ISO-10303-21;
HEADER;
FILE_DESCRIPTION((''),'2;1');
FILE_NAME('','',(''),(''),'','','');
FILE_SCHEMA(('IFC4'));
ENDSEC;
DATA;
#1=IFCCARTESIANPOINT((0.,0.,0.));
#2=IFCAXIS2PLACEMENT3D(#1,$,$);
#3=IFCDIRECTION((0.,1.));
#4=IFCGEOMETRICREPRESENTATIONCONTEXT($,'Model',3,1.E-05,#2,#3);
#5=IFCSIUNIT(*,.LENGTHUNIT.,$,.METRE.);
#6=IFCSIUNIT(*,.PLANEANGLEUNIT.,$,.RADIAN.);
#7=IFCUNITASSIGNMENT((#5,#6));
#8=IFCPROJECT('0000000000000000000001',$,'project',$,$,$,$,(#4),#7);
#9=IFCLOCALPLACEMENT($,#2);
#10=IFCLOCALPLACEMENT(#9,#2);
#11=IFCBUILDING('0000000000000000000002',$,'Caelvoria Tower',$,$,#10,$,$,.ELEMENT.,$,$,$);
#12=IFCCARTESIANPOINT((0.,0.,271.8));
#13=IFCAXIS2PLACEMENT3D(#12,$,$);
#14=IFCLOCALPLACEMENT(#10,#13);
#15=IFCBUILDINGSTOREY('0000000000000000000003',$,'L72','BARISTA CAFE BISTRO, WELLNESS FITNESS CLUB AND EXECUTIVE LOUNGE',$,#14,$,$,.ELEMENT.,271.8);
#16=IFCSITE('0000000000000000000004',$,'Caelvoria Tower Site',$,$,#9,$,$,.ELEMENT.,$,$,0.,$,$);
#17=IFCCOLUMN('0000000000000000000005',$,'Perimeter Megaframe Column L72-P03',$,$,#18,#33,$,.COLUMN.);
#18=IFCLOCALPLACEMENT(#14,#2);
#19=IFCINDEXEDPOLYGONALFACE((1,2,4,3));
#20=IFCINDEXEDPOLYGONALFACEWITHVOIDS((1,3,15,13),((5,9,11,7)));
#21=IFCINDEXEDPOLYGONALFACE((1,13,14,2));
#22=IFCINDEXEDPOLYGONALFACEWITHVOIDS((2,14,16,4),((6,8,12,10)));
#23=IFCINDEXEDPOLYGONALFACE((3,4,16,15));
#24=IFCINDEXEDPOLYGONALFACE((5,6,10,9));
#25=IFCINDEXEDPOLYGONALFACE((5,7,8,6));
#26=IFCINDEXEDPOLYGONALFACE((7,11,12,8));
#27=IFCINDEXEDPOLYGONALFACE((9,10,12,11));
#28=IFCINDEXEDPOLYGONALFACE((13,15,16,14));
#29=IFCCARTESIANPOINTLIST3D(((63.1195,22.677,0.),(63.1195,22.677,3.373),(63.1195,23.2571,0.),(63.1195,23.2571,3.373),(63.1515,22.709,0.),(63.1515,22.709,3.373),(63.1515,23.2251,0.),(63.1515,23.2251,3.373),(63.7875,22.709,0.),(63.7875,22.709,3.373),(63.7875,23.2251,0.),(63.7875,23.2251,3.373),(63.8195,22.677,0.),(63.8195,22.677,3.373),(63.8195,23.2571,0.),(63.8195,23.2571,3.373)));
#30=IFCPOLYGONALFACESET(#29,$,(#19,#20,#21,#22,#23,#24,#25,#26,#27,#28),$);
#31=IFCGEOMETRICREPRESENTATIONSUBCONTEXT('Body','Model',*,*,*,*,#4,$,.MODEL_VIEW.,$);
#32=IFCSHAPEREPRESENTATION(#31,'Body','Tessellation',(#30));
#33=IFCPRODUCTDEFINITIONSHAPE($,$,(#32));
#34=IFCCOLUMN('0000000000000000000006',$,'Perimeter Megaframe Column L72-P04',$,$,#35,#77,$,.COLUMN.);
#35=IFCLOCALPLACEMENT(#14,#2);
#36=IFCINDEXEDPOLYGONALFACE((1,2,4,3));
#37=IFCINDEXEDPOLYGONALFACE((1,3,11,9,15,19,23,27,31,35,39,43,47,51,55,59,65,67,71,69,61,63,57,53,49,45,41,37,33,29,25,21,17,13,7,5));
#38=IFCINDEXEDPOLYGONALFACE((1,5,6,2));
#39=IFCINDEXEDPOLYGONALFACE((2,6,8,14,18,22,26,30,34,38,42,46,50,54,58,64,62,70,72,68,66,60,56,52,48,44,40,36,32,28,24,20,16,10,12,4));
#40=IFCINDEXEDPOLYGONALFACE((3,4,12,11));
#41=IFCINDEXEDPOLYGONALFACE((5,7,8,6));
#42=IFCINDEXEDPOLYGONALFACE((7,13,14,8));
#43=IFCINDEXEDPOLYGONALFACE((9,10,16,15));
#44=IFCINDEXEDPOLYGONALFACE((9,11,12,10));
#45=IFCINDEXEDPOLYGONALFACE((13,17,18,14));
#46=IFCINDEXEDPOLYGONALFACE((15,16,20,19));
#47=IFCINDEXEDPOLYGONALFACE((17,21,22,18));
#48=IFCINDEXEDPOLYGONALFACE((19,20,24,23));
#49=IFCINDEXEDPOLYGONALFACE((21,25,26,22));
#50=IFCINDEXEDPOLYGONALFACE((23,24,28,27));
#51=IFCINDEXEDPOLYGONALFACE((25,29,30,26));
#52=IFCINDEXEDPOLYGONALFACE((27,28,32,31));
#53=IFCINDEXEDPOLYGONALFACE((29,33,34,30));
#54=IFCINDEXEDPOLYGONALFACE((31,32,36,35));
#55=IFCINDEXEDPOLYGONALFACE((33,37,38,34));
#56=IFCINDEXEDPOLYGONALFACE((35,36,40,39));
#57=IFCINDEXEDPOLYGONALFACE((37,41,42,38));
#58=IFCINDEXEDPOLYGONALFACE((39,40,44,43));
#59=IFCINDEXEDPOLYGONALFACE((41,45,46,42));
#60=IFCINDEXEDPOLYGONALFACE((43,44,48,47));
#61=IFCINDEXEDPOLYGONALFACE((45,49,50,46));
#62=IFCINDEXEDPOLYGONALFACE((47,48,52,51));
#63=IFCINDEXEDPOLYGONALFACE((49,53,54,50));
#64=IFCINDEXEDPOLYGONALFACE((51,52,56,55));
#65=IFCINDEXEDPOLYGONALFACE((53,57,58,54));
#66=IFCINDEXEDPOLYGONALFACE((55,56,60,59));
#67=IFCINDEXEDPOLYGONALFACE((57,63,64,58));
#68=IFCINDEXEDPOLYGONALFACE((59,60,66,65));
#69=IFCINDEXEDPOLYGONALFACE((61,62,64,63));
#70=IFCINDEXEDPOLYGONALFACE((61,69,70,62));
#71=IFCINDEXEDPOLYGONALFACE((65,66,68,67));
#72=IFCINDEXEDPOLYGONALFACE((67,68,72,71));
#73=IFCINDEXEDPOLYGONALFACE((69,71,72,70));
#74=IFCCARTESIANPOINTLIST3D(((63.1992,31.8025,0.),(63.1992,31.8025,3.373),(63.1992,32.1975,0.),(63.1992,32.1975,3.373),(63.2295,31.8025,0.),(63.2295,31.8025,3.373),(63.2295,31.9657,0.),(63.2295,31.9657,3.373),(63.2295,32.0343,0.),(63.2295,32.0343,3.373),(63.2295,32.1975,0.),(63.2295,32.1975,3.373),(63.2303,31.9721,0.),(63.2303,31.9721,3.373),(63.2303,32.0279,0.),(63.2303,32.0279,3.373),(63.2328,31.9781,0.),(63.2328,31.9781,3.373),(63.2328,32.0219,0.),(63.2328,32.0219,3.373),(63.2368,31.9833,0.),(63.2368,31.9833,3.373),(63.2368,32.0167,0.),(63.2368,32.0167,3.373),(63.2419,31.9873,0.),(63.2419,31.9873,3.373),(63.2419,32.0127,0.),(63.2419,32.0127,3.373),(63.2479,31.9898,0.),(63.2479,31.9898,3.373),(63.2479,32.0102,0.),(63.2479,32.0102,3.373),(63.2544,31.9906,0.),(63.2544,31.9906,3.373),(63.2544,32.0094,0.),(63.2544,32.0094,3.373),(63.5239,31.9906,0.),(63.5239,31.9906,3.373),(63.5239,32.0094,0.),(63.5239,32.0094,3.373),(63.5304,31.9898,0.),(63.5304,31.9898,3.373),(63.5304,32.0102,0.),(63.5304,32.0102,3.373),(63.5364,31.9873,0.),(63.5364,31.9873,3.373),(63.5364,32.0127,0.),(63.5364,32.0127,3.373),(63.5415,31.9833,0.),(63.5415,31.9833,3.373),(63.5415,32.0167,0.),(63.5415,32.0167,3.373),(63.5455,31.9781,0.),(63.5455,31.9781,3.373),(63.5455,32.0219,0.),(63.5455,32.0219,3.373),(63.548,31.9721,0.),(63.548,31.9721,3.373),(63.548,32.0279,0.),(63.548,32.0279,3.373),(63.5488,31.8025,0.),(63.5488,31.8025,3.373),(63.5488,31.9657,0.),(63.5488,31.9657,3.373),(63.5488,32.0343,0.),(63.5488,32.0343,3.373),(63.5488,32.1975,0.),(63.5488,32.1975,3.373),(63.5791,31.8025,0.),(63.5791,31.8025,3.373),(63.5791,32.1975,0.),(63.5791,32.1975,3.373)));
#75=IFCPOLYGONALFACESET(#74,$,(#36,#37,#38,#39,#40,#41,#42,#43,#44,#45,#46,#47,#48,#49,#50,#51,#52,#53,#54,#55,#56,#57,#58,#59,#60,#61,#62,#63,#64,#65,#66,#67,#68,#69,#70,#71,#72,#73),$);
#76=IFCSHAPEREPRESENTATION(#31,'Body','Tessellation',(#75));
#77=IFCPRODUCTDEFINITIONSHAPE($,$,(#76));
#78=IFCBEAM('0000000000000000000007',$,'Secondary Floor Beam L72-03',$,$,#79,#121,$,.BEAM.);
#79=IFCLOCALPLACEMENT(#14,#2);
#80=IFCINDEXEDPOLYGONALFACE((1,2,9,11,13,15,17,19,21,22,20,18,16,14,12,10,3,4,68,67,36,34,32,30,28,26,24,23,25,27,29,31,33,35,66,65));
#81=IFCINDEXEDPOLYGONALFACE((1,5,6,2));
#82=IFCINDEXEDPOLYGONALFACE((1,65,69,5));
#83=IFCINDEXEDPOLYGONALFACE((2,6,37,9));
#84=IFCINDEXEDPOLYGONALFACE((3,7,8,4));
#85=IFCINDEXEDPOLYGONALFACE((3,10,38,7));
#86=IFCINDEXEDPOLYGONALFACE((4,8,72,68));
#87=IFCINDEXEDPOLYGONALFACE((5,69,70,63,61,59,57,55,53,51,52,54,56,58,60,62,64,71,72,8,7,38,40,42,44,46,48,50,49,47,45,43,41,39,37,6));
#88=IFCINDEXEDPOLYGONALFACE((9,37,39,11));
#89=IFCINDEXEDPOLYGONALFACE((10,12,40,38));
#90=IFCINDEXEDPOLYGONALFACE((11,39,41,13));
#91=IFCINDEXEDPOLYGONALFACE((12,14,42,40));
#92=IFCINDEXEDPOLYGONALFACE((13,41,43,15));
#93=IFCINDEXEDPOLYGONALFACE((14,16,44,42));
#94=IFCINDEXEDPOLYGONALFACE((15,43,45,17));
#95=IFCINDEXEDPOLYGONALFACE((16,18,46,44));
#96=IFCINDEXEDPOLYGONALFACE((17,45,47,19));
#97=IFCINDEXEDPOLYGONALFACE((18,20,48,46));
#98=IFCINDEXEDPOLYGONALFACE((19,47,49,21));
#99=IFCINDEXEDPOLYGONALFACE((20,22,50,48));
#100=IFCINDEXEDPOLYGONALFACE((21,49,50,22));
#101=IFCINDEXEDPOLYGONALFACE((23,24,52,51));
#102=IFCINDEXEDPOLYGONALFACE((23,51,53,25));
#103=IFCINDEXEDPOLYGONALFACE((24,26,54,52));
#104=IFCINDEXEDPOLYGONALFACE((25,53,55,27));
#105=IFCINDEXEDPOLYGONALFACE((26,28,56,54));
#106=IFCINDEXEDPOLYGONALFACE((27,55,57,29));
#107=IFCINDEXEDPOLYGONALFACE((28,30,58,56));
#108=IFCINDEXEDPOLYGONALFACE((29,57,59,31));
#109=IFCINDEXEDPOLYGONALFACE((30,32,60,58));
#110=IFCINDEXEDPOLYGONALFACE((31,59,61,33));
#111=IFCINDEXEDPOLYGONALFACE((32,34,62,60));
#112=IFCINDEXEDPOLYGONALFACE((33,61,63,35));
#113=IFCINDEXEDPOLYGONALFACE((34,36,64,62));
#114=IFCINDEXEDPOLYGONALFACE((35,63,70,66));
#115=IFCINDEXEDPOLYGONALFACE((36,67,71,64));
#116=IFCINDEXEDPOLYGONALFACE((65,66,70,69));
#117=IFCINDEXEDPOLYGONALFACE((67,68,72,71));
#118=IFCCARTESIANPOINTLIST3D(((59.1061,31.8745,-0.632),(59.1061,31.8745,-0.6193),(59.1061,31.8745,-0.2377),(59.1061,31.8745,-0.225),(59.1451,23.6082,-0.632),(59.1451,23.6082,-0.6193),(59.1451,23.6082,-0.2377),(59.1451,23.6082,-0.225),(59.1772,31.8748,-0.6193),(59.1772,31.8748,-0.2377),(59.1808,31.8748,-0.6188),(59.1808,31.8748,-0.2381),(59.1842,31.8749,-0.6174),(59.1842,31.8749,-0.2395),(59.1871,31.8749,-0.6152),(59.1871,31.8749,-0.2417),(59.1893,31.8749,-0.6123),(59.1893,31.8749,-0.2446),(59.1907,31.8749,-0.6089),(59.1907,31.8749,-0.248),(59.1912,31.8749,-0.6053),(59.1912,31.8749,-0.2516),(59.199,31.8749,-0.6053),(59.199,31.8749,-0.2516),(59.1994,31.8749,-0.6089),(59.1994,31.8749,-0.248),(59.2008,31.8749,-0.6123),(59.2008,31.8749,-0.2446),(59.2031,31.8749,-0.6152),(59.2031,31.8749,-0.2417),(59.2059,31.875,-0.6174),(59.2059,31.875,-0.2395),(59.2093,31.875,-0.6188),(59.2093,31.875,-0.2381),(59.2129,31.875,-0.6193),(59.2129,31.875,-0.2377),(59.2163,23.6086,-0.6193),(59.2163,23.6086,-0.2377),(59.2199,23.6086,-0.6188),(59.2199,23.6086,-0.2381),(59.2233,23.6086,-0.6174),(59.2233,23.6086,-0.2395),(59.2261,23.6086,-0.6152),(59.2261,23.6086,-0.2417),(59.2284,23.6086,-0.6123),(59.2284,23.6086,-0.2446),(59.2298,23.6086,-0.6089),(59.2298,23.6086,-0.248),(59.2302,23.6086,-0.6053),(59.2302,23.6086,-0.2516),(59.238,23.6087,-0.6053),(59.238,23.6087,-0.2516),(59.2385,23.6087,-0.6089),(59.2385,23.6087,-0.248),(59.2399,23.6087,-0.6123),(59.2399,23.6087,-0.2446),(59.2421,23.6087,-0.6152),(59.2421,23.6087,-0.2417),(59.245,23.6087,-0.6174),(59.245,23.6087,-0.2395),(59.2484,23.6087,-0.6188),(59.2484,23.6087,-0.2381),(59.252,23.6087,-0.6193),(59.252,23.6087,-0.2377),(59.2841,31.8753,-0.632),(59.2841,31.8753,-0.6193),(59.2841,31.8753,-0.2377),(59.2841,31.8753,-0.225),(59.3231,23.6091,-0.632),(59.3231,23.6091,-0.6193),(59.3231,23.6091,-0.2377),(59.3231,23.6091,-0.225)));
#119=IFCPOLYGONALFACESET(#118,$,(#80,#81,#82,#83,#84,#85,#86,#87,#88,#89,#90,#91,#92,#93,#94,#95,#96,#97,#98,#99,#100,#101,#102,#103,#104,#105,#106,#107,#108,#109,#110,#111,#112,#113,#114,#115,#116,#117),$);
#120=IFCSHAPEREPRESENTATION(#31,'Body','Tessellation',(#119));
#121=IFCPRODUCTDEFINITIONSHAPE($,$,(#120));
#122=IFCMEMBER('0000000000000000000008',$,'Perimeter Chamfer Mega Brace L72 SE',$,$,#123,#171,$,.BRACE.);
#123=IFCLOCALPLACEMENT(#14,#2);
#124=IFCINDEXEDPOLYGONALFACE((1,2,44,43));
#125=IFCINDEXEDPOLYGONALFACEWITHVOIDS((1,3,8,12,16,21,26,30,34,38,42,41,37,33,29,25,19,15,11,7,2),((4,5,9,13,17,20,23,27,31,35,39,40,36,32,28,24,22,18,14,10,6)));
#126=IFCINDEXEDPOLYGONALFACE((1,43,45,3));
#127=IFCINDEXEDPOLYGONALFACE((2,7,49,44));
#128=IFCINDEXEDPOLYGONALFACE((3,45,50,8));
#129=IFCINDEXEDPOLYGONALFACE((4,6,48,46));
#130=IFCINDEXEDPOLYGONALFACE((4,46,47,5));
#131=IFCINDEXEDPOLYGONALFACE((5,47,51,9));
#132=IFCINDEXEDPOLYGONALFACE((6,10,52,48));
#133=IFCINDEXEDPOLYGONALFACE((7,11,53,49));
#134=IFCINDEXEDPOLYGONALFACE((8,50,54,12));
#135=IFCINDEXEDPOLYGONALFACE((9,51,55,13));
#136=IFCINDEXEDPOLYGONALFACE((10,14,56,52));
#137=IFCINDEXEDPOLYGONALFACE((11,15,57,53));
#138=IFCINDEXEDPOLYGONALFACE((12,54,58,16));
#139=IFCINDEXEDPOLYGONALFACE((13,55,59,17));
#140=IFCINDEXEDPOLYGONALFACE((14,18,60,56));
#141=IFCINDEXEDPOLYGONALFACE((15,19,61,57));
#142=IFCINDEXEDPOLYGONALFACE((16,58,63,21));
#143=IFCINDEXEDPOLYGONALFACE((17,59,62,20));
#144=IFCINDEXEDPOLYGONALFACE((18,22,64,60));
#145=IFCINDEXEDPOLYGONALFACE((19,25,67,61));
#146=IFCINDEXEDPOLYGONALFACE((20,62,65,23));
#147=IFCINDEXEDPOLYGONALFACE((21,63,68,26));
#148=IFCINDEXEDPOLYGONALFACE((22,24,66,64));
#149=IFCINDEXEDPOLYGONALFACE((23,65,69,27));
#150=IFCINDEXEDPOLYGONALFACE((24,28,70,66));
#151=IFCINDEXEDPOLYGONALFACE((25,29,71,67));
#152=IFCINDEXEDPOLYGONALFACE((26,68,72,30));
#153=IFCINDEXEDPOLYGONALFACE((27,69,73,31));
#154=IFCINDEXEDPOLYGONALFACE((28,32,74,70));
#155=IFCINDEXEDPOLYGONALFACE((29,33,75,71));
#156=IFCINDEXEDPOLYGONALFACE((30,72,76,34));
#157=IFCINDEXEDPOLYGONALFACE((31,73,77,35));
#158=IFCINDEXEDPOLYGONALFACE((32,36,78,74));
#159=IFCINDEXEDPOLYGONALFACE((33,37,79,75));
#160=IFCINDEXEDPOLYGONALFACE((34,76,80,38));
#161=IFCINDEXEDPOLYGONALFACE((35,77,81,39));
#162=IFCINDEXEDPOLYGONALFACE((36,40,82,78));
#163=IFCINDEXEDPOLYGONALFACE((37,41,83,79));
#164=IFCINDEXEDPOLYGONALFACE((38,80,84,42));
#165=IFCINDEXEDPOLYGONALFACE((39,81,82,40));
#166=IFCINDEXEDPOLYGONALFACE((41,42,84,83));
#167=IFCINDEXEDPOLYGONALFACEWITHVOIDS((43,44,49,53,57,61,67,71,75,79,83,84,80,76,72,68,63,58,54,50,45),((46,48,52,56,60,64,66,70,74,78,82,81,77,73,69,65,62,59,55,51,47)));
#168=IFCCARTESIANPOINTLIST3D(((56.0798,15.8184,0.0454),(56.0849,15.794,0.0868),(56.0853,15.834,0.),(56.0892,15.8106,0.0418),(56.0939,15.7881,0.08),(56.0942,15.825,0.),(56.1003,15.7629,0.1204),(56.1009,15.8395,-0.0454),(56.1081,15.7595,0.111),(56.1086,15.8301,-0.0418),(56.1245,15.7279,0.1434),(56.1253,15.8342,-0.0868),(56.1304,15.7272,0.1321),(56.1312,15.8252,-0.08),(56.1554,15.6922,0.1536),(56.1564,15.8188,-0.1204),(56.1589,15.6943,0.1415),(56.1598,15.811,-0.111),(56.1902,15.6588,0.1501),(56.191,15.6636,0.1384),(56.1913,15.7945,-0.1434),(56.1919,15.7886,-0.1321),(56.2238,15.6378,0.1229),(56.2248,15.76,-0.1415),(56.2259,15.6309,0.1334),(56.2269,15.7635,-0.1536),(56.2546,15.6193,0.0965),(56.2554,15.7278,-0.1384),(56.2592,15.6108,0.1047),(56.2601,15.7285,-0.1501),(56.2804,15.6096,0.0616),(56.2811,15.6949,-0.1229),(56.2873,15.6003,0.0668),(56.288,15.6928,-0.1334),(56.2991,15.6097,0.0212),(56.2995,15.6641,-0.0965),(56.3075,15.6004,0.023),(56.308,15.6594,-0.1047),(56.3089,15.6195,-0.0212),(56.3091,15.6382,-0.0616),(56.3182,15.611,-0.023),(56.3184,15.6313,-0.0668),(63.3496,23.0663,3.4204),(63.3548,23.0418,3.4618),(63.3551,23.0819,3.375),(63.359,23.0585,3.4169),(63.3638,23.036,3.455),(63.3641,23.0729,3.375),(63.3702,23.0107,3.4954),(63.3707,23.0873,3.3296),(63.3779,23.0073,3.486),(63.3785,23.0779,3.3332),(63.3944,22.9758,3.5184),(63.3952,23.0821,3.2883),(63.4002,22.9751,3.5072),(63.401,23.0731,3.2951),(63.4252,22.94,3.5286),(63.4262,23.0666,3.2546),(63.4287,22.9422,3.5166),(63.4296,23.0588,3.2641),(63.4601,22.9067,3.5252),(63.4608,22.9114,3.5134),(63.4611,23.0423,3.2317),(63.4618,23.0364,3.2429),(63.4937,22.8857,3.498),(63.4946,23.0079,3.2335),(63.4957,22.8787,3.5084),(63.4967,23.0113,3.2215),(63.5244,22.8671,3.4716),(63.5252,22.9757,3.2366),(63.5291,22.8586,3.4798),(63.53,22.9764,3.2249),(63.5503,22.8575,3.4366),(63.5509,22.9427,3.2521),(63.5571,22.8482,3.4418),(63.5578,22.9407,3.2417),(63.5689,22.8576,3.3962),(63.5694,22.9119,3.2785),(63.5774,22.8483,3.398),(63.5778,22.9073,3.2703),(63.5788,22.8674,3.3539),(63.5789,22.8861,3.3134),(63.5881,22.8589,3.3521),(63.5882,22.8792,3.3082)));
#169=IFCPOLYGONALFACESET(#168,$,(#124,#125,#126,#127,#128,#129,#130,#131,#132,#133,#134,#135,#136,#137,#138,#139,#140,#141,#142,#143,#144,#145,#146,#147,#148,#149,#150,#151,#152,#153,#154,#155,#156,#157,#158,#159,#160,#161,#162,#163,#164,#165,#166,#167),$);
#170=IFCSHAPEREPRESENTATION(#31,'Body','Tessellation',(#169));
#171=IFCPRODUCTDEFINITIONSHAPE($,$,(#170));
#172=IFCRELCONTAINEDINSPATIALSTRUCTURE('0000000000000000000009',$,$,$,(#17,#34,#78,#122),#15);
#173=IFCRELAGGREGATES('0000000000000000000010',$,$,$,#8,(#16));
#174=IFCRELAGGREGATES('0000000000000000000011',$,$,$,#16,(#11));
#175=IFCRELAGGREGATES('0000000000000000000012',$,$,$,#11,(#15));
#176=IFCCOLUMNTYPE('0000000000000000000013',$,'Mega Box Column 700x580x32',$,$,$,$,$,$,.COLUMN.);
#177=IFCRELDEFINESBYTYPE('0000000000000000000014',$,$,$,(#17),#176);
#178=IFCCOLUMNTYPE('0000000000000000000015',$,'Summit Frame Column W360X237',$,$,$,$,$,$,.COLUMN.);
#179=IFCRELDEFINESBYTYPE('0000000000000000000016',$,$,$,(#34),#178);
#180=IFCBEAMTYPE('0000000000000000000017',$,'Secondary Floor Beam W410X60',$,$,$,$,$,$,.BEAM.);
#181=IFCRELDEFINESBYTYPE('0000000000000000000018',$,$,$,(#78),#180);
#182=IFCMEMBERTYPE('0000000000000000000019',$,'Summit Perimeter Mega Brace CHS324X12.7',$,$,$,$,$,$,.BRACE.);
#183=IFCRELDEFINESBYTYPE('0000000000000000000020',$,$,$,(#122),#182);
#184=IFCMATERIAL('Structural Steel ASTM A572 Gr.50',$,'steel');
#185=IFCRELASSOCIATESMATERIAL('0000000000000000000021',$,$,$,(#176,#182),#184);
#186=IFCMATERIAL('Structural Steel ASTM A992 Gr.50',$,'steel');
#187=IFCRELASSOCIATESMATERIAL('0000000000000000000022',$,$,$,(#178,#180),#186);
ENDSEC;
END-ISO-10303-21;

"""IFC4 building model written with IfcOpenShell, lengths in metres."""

from ifc_helpers import new_model, si_unit, direction, frame, origin, origin_2d, place, context, subcontext, project, spatial, hollow_rectangle, hollow_circle, i_section, extrude, material, material_profile, profile_set, type_object, element, save


model = new_model("IFC4")

# Units and contexts
model_context = context("Model", 3, precision=1e-05, world=origin(), true_north=direction((0.0, 1.0)))
body_context = subcontext(model_context, "Body", "Model", "MODEL_VIEW")
ifc_project = project(units=[si_unit("LENGTHUNIT", "METRE"), si_unit("PLANEANGLEUNIT", "RADIAN")], contexts=[model_context])

# Site, building, storey
site_placement = place(None, origin())
site = spatial("IfcSite", under=ifc_project, at=site_placement, Name="Caelvoria Tower Site", CompositionType="ELEMENT", RefElevation=0.0)
building_placement = place(site_placement, origin())
building = spatial("IfcBuilding", under=site, at=building_placement, Name="Caelvoria Tower", CompositionType="ELEMENT")
storey_placement = place(building_placement, frame((0.0, 0.0, 271.8)))
storey = spatial("IfcBuildingStorey", under=building, at=storey_placement, Name="L72", Description="BARISTA CAFE BISTRO, WELLNESS FITNESS CLUB AND EXECUTIVE LOUNGE", CompositionType="ELEMENT", Elevation=271.8)

# Columns
ifc_material_1 = material(Name="Structural Steel ASTM A572 Gr.50", Category="steel")
ifc_material_profile_1 = material_profile(ifc_material_1, hollow_rectangle(XDim=0.5801, YDim=0.7, WallThickness=0.032, at=origin_2d()), Name="Structural Steel ASTM A572 Gr.50")
ifc_profile_set_1 = profile_set([ifc_material_profile_1], Name="BOX700X580X32 - Structural Steel ASTM A572 Gr.50")
column_type_1 = type_object("IfcColumnType", Name="Mega Box Column 700x580x32", PredefinedType="COLUMN", material=ifc_profile_set_1)
column_1_placement = place(storey_placement, frame((63.4695, 22.967, 0.0), z_axis=(0.0, 0.0, 1.0), x_axis=(0.0, 1.0, 0.0)))
element("IfcColumn", 1, at=column_1_placement, inside=storey, type_object=column_type_1, Name="Perimeter Megaframe Column L72-P03", PredefinedType="COLUMN", context=body_context, shape_type="SweptSolid", body=[
    extrude(hollow_rectangle(XDim=0.5801, YDim=0.7, WallThickness=0.032, at=origin_2d()), origin(), (0.0, 0.0, 1.0), 3.373),
])
ifc_material_2 = material(Name="Structural Steel ASTM A992 Gr.50", Category="steel")
ifc_material_profile_2 = material_profile(ifc_material_2, i_section(OverallWidth=0.395, OverallDepth=0.3799, WebThickness=0.0188, FlangeThickness=0.0303, FilletRadius=0.0249, at=origin_2d()), Name="Structural Steel ASTM A992 Gr.50")
ifc_profile_set_2 = profile_set([ifc_material_profile_2], Name="W360X237 - Structural Steel ASTM A992 Gr.50")
column_type_2 = type_object("IfcColumnType", Name="Summit Frame Column W360X237", PredefinedType="COLUMN", material=ifc_profile_set_2)
column_2_placement = place(storey_placement, frame((63.3892, 32.0, 0.0), z_axis=(0.0, 0.0, 1.0), x_axis=(0.0, 1.0, 0.0)))
element("IfcColumn", 2, at=column_2_placement, inside=storey, type_object=column_type_2, Name="Perimeter Megaframe Column L72-P04", PredefinedType="COLUMN", context=body_context, shape_type="SweptSolid", body=[
    extrude(i_section(OverallWidth=0.395, OverallDepth=0.3799, WebThickness=0.0188, FlangeThickness=0.0303, FilletRadius=0.0249, at=origin_2d()), origin(), (0.0, 0.0, 1.0), 3.373),
])

# Beam
ifc_material_profile_3 = material_profile(ifc_material_2, i_section(OverallWidth=0.178, OverallDepth=0.407, WebThickness=0.0078, FlangeThickness=0.0127, FilletRadius=0.0139, at=origin_2d()), Name="Structural Steel ASTM A992 Gr.50")
ifc_profile_set_3 = profile_set([ifc_material_profile_3], Name="W410X60 - Structural Steel ASTM A992 Gr.50")
beam_type_1 = type_object("IfcBeamType", Name="Secondary Floor Beam W410X60", PredefinedType="BEAM", material=ifc_profile_set_3)
beam_1_placement = place(storey_placement, frame((59.2341, 23.6086, -0.4285), z_axis=(-0.004725, 0.999989, 0.0), x_axis=(-0.999989, -0.004725, 0.0)))
element("IfcBeam", 3, at=beam_1_placement, inside=storey, type_object=beam_type_1, Name="Secondary Floor Beam L72-03", PredefinedType="BEAM", context=body_context, shape_type="SweptSolid", body=[
    extrude(i_section(OverallWidth=0.178, OverallDepth=0.407, WebThickness=0.0078, FlangeThickness=0.0127, FilletRadius=0.0139, at=origin_2d()), origin(), (0.0, 0.0, 1.0), 8.2664),
])

# Member
ifc_material_profile_4 = material_profile(ifc_material_1, hollow_circle(Radius=0.1621, WallThickness=0.0127, at=origin_2d()), Name="Structural Steel ASTM A572 Gr.50")
ifc_profile_set_4 = profile_set([ifc_material_profile_4], Name="CHS324X12.7 - Structural Steel ASTM A572 Gr.50")
member_type = type_object("IfcMemberType", Name="Summit Perimeter Mega Brace CHS324X12.7", PredefinedType="BRACE", material=ifc_profile_set_4)
member_1_placement = place(storey_placement, frame((56.1997, 15.7192, 0.0), z_axis=(0.67275, 0.670717, 0.312325), x_axis=(-0.706036, 0.708176, 0.0)))
element("IfcMember", 4, at=member_1_placement, inside=storey, type_object=member_type, Name="Perimeter Chamfer Mega Brace L72 SE", PredefinedType="BRACE", context=body_context, shape_type="SweptSolid", body=[
    extrude(hollow_circle(Radius=0.1621, WallThickness=0.0127, at=origin_2d()), origin(), (0.0, 0.0, 1.0), 10.8062),
])

save(model, "model.ifc")
